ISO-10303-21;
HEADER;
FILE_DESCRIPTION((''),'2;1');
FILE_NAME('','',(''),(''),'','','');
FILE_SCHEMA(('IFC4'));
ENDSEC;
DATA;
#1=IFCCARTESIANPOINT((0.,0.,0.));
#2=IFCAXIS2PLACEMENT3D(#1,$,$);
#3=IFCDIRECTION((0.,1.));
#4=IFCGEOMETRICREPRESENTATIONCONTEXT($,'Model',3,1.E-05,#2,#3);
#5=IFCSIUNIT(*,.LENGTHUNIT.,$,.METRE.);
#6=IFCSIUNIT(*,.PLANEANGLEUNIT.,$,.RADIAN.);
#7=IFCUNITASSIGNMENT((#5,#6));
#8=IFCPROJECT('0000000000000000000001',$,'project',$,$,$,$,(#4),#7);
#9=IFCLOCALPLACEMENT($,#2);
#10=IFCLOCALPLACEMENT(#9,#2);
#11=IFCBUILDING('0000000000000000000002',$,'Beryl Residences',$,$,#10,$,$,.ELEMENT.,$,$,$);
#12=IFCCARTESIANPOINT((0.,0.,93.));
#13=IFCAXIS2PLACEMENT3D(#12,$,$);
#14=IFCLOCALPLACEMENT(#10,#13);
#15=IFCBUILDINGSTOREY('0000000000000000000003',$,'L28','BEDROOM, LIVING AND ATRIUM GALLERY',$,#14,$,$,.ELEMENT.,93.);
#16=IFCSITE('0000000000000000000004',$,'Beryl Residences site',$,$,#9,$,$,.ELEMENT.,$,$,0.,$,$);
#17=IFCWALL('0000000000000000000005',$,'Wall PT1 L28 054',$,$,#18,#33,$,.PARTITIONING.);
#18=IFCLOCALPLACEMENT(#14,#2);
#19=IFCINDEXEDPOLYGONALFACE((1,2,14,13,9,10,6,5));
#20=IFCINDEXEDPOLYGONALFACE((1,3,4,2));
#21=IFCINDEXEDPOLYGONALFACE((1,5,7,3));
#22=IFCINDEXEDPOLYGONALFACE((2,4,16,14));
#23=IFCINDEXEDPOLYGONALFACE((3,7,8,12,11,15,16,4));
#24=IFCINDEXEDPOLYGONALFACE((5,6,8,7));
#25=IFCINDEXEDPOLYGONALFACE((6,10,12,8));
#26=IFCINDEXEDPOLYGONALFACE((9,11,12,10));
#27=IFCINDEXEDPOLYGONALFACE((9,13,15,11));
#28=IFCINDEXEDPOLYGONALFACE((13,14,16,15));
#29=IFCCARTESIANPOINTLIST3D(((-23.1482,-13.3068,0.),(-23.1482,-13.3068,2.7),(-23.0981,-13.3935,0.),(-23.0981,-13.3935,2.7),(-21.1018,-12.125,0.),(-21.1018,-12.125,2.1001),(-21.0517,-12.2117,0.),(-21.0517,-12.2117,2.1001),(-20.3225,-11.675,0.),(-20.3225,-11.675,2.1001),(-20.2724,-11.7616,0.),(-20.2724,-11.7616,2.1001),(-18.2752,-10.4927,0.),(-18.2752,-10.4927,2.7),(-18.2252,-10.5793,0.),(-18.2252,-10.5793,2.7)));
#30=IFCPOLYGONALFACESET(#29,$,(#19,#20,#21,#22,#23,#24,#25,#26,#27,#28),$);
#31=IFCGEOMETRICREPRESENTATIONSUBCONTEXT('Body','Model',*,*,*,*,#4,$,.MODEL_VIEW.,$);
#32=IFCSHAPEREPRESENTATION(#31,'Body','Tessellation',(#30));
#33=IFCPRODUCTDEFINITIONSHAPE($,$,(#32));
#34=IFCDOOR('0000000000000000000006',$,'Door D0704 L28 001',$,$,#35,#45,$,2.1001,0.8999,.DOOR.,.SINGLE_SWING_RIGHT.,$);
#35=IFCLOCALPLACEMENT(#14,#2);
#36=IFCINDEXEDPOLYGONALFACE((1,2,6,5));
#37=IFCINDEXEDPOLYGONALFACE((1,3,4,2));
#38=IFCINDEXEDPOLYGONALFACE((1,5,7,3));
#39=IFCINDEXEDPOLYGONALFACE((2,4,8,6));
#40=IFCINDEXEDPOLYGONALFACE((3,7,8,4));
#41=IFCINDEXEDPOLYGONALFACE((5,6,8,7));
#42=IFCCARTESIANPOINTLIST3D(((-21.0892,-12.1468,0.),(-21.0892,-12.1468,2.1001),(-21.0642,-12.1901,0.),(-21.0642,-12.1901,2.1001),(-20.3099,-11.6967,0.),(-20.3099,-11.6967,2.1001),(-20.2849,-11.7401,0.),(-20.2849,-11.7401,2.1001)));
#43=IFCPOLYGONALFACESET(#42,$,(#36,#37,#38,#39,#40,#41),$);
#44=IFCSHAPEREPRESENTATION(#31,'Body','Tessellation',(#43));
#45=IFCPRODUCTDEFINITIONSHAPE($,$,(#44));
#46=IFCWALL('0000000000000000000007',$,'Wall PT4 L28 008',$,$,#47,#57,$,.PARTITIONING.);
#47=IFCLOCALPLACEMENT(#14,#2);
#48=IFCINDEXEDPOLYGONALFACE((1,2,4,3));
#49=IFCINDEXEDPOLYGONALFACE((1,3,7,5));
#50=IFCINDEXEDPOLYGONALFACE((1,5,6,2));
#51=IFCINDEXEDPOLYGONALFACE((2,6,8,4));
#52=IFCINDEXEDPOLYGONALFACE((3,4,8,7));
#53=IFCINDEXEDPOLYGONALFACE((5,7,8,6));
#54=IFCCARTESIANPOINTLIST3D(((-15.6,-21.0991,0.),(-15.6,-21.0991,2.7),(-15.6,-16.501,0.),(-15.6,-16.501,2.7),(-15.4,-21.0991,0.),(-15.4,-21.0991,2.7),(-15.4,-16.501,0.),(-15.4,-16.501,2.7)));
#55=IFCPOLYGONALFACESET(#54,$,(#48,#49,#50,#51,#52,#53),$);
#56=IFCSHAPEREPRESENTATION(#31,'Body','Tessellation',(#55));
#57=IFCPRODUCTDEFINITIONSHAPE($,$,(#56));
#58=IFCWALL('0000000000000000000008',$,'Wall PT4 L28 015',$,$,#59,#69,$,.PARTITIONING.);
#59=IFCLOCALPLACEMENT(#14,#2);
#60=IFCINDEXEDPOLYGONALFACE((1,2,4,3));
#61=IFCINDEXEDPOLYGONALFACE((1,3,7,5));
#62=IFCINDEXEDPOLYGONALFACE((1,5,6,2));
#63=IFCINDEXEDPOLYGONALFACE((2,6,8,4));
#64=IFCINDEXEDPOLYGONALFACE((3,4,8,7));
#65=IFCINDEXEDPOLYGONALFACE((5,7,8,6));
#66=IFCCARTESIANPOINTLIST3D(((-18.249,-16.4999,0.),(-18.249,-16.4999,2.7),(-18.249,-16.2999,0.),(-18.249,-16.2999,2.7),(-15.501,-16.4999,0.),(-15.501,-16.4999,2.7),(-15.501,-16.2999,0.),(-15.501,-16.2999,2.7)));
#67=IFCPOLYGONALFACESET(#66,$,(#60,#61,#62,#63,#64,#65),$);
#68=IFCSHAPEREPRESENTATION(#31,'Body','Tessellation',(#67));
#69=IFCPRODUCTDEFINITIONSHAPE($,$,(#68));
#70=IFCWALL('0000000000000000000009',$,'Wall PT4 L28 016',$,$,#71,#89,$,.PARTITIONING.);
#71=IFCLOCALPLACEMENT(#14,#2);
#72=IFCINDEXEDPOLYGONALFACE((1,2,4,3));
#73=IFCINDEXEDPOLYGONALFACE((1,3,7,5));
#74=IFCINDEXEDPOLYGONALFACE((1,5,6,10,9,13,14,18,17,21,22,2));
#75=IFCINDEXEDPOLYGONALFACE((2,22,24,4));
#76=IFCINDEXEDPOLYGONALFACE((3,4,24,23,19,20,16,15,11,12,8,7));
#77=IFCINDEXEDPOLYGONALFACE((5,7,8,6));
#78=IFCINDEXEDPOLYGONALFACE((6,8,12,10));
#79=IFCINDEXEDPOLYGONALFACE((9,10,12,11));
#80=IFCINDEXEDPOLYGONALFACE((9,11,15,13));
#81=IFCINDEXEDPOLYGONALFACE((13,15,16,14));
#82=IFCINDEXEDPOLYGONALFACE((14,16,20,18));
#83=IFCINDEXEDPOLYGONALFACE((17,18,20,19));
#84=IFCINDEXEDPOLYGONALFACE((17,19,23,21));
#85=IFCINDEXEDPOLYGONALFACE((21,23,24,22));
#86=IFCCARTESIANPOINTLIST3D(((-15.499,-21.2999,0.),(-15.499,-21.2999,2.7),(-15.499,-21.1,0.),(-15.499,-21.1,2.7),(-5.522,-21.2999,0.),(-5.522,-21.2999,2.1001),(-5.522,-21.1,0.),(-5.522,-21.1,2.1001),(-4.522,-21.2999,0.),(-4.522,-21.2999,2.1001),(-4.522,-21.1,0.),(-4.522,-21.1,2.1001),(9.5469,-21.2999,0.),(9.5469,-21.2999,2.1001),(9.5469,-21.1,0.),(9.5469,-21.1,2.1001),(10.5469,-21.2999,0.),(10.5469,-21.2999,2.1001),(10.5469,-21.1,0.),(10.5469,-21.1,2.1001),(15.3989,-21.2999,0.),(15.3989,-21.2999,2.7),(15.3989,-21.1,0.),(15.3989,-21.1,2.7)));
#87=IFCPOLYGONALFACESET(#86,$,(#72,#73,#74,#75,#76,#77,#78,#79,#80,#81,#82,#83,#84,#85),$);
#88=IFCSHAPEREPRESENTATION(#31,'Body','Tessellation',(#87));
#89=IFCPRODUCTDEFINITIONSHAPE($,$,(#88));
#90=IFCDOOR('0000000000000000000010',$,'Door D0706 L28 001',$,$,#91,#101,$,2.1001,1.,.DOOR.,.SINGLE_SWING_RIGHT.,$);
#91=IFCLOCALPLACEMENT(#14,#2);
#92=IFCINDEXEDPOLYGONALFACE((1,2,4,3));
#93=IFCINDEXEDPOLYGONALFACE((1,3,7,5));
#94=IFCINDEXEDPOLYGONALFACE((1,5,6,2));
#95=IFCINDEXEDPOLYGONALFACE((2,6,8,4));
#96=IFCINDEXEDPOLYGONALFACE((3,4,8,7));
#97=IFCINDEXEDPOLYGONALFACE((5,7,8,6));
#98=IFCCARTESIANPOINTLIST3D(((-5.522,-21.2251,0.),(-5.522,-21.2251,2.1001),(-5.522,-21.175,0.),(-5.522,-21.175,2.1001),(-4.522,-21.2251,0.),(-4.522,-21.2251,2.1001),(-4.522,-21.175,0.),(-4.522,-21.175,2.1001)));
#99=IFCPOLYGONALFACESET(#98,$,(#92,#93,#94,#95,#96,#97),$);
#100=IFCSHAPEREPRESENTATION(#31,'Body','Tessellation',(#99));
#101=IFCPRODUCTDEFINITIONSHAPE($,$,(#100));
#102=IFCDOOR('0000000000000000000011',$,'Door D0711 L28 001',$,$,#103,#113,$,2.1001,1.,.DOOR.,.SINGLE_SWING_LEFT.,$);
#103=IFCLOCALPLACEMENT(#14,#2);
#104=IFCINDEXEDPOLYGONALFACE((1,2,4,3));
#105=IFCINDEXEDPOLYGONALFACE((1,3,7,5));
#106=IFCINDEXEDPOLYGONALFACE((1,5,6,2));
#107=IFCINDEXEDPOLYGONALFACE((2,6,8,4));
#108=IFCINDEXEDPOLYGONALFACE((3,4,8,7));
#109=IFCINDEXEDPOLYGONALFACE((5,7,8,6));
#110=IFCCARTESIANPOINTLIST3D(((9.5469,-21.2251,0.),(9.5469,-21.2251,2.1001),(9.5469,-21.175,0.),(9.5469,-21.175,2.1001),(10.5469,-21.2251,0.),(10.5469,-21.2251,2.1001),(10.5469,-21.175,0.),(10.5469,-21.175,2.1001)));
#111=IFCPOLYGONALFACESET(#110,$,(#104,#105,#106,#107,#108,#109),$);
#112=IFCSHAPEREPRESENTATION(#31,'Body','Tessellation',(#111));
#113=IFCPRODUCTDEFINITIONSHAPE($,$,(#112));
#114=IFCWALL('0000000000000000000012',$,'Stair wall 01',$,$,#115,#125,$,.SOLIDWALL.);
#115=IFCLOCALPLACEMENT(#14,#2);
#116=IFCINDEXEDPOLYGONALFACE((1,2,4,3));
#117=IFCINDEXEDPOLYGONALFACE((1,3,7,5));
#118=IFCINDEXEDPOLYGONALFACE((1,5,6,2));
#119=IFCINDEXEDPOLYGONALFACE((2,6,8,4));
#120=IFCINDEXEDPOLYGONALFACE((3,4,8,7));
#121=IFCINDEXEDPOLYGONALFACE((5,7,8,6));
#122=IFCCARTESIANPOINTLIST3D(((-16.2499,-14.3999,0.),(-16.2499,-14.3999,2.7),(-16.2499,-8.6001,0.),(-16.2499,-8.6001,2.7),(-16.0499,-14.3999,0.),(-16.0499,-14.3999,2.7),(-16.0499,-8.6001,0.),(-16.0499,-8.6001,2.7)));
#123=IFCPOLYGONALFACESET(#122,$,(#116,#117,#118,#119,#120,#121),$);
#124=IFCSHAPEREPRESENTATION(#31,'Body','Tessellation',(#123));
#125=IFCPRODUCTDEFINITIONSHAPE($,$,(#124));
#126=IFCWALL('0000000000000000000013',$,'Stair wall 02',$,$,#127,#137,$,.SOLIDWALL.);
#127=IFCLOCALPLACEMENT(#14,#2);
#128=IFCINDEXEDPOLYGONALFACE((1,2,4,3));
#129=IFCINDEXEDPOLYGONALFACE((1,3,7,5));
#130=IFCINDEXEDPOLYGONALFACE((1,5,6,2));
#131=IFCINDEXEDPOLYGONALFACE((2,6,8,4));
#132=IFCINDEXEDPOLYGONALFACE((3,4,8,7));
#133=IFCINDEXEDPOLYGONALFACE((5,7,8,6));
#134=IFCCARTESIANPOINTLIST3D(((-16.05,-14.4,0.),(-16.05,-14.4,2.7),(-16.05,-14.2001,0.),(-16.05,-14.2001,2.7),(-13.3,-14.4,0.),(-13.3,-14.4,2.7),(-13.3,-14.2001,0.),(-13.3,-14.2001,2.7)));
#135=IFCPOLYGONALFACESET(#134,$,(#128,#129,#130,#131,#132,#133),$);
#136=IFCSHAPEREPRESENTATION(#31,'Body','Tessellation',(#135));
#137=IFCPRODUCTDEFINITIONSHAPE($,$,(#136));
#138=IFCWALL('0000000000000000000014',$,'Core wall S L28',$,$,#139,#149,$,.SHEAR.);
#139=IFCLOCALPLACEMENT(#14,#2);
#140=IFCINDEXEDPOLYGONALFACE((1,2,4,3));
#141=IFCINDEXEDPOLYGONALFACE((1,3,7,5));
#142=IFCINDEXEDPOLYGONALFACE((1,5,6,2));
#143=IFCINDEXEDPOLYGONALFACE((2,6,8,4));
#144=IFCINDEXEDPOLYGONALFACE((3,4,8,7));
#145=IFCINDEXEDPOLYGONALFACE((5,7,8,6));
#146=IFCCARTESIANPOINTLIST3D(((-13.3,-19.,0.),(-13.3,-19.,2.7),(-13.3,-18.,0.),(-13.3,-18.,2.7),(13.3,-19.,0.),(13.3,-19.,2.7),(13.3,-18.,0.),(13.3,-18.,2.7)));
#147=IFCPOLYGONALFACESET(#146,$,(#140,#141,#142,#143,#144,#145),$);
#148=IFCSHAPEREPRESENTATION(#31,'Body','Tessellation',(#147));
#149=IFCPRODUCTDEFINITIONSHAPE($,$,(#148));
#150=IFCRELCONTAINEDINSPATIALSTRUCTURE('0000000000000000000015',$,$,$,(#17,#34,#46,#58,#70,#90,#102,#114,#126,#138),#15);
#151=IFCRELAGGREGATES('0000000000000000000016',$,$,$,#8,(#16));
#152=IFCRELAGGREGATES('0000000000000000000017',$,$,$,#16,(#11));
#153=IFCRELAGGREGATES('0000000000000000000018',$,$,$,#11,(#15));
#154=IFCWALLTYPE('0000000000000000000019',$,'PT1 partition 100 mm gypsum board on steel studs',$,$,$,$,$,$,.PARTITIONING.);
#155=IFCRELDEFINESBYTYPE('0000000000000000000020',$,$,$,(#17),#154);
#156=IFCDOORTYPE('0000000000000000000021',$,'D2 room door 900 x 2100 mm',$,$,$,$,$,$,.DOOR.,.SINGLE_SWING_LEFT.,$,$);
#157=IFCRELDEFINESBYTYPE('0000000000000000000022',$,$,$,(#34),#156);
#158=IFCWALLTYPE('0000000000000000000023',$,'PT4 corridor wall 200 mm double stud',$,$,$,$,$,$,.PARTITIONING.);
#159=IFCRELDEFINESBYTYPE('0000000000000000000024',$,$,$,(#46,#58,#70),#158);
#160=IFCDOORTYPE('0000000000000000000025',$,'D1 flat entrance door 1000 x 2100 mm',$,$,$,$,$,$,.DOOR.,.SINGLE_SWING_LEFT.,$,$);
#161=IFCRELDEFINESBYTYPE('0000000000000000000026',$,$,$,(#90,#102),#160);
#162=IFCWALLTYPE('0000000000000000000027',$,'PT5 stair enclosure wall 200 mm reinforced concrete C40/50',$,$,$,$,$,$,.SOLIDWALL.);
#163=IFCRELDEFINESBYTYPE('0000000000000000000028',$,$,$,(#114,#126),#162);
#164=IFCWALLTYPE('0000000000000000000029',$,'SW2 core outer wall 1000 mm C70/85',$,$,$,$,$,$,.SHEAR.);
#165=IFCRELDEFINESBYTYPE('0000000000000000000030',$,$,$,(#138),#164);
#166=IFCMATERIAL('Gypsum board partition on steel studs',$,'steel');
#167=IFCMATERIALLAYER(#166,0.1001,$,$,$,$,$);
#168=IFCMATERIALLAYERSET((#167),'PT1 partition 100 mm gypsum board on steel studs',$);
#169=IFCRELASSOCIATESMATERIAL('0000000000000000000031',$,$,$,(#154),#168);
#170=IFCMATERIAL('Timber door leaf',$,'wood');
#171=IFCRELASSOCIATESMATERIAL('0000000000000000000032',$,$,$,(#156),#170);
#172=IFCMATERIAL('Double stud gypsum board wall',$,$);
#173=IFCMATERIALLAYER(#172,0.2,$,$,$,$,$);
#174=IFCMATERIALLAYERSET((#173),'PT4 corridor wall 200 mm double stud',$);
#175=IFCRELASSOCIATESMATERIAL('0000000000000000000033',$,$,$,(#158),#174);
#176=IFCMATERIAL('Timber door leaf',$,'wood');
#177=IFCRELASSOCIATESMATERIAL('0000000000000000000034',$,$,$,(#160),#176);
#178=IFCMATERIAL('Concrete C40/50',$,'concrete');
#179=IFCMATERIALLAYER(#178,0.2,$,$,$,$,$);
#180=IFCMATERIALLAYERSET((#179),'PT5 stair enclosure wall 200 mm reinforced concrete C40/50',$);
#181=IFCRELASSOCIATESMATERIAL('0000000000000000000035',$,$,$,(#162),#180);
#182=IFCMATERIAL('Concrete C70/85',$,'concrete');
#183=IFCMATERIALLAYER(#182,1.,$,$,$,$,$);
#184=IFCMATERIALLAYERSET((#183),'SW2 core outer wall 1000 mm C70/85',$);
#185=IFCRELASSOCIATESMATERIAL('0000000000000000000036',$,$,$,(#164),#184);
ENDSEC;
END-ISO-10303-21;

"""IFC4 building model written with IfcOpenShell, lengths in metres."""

from ifc_helpers import new_model, si_unit, direction, frame, frame_2d, origin, place, context, subcontext, project, spatial, rectangle, extrude, material, layer, layer_set, type_object, element, fill, save


model = new_model("IFC4")

# Units and contexts
model_context = context("Model", 3, precision=1e-05, world=origin(), true_north=direction((0.0, 1.0)))
body_context = subcontext(model_context, "Body", "Model", "MODEL_VIEW")
ifc_project = project(units=[si_unit("LENGTHUNIT", "METRE"), si_unit("PLANEANGLEUNIT", "RADIAN")], contexts=[model_context])

# Site, building, storey
site_placement = place(None, origin())
site = spatial("IfcSite", under=ifc_project, at=site_placement, Name="Beryl Residences site", CompositionType="ELEMENT", RefElevation=0.0)
building_placement = place(site_placement, origin())
building = spatial("IfcBuilding", under=site, at=building_placement, Name="Beryl Residences", CompositionType="ELEMENT")
storey_placement = place(building_placement, frame((0.0, 0.0, 93.0)))
storey = spatial("IfcBuildingStorey", under=building, at=storey_placement, Name="L28", Description="BEDROOM, LIVING AND ATRIUM GALLERY", CompositionType="ELEMENT", Elevation=93.0)

# Wall, opening, door
ifc_material_1 = material(Name="Gypsum board partition on steel studs", Category="steel")
ifc_layer_1 = layer(ifc_material_1, 0.1001)
ifc_layer_set_1 = layer_set([ifc_layer_1], Name="PT1 partition 100 mm gypsum board on steel studs")
wall_type_1 = type_object("IfcWallType", Name="PT1 partition 100 mm gypsum board on steel studs", PredefinedType="PARTITIONING", material=ifc_layer_set_1)
ifc_material_2 = material(Name="Timber door leaf", Category="wood")
door_type_1 = type_object("IfcDoorType", Name="D2 room door 900 x 2100 mm", OperationType="SINGLE_SWING_LEFT", PredefinedType="DOOR", material=ifc_material_2)
wall_1_placement = place(storey_placement, frame((-23.123, -13.3501, 0.0), z_axis=(0.0, 0.0, 1.0), x_axis=(0.865967, 0.5001, 0.0)))
wall_1 = element("IfcWall", 1, at=wall_1_placement, inside=storey, type_object=wall_type_1, Name="Wall PT1 L28 054", PredefinedType="PARTITIONING", context=body_context, shape_type="SweptSolid", body=[
    extrude(rectangle(XDim=5.6272, YDim=0.1001, at=frame_2d((2.8135, 0.0))), origin(), (0.0, 0.0, 1.0), 2.7),
])
opening_1_placement = place(wall_1_placement, frame((2.363, 0.0, 0.0)))
opening_1 = element("IfcOpeningElement", 2, at=opening_1_placement, cuts=wall_1, PredefinedType="OPENING", context=body_context, shape_type="SweptSolid", body=[
    extrude(rectangle(XDim=0.8999, YDim=2.1001, at=frame_2d((0.45, 1.05))), frame((0.0, 0.0601, 0.0), z_axis=(0.0, -1.0, 0.0), x_axis=(1.0, 0.0, 0.0)), (0.0, 0.0, 1.0), 0.1201),
])
door_1_placement = place(opening_1_placement, origin())
door_1 = element("IfcDoor", 3, at=door_1_placement, inside=storey, type_object=door_type_1, Name="Door D0704 L28 001", OperationType="SINGLE_SWING_RIGHT", OverallHeight=2.1001, OverallWidth=0.8999, PredefinedType="DOOR", context=body_context, shape_type="SweptSolid", body=[
    extrude(rectangle(XDim=0.8999, YDim=2.1001, at=frame_2d((0.45, 1.05))), frame((0.0, 0.0249, 0.0), z_axis=(0.0, -1.0, 0.0), x_axis=(1.0, 0.0, 0.0)), (0.0, 0.0, 1.0), 0.05),
])
fill(opening_1, door_1)

# Walls
ifc_material_3 = material(Name="Double stud gypsum board wall")
ifc_layer_2 = layer(ifc_material_3, 0.2)
ifc_layer_set_2 = layer_set([ifc_layer_2], Name="PT4 corridor wall 200 mm double stud")
wall_type_2 = type_object("IfcWallType", Name="PT4 corridor wall 200 mm double stud", PredefinedType="PARTITIONING", material=ifc_layer_set_2)
wall_2_placement = place(storey_placement, frame((-15.5, -16.501, 0.0), z_axis=(0.0, 0.0, 1.0), x_axis=(0.0, -1.0, 0.0)))
element("IfcWall", 4, at=wall_2_placement, inside=storey, type_object=wall_type_2, Name="Wall PT4 L28 008", PredefinedType="PARTITIONING", context=body_context, shape_type="SweptSolid", body=[
    extrude(rectangle(XDim=4.5981, YDim=0.2, at=frame_2d((2.2991, 0.0))), origin(), (0.0, 0.0, 1.0), 2.7),
])
wall_3_placement = place(storey_placement, frame((-18.249, -16.3999, 0.0), z_axis=(0.0, 0.0, 1.0), x_axis=(1.0, 0.0, 0.0)))
element("IfcWall", 5, at=wall_3_placement, inside=storey, type_object=wall_type_2, Name="Wall PT4 L28 015", PredefinedType="PARTITIONING", context=body_context, shape_type="SweptSolid", body=[
    extrude(rectangle(XDim=2.748, YDim=0.2, at=frame_2d((1.374, 0.0))), origin(), (0.0, 0.0, 1.0), 2.7),
])

# Wall, openings, doors
wall_4_placement = place(storey_placement, frame((-15.499, -21.2, 0.0), z_axis=(0.0, 0.0, 1.0), x_axis=(1.0, 0.0, 0.0)))
wall_4 = element("IfcWall", 6, at=wall_4_placement, inside=storey, type_object=wall_type_2, Name="Wall PT4 L28 016", PredefinedType="PARTITIONING", context=body_context, shape_type="SweptSolid", body=[
    extrude(rectangle(XDim=30.8979, YDim=0.2, at=frame_2d((15.449, 0.0))), origin(), (0.0, 0.0, 1.0), 2.7),
])
opening_2_placement = place(wall_4_placement, frame((9.9771, 0.0, 0.0)))
opening_2 = element("IfcOpeningElement", 7, at=opening_2_placement, cuts=wall_4, PredefinedType="OPENING", context=body_context, shape_type="SweptSolid", body=[
    extrude(rectangle(XDim=1.0, YDim=2.1001, at=frame_2d((0.5, 1.05))), frame((0.0, 0.1099, 0.0), z_axis=(0.0, -1.0, 0.0), x_axis=(1.0, 0.0, 0.0)), (0.0, 0.0, 1.0), 0.22),
])
opening_3_placement = place(wall_4_placement, frame((25.0459, 0.0, 0.0)))
opening_3 = element("IfcOpeningElement", 8, at=opening_3_placement, cuts=wall_4, PredefinedType="OPENING", context=body_context, shape_type="SweptSolid", body=[
    extrude(rectangle(XDim=1.0, YDim=2.1001, at=frame_2d((0.5, 1.05))), frame((0.0, 0.1099, 0.0), z_axis=(0.0, -1.0, 0.0), x_axis=(1.0, 0.0, 0.0)), (0.0, 0.0, 1.0), 0.22),
])
ifc_material_4 = material(Name="Timber door leaf", Category="wood")
door_type_2 = type_object("IfcDoorType", Name="D1 flat entrance door 1000 x 2100 mm", OperationType="SINGLE_SWING_LEFT", PredefinedType="DOOR", material=ifc_material_4)
door_2_placement = place(opening_2_placement, origin())
door_2 = element("IfcDoor", 9, at=door_2_placement, inside=storey, type_object=door_type_2, Name="Door D0706 L28 001", OperationType="SINGLE_SWING_RIGHT", OverallHeight=2.1001, OverallWidth=1.0, PredefinedType="DOOR", context=body_context, shape_type="SweptSolid", body=[
    extrude(rectangle(XDim=1.0, YDim=2.1001, at=frame_2d((0.5, 1.05))), frame((0.0, 0.0249, 0.0), z_axis=(0.0, -1.0, 0.0), x_axis=(1.0, 0.0, 0.0)), (0.0, 0.0, 1.0), 0.05),
])
fill(opening_2, door_2)
door_3_placement = place(opening_3_placement, origin())
door_3 = element("IfcDoor", 10, at=door_3_placement, inside=storey, type_object=door_type_2, Name="Door D0711 L28 001", OperationType="SINGLE_SWING_LEFT", OverallHeight=2.1001, OverallWidth=1.0, PredefinedType="DOOR", context=body_context, shape_type="SweptSolid", body=[
    extrude(rectangle(XDim=1.0, YDim=2.1001, at=frame_2d((0.5, 1.05))), frame((0.0, 0.0249, 0.0), z_axis=(0.0, -1.0, 0.0), x_axis=(1.0, 0.0, 0.0)), (0.0, 0.0, 1.0), 0.05),
])
fill(opening_3, door_3)

# Walls
ifc_material_5 = material(Name="Concrete C40/50", Category="concrete")
ifc_layer_3 = layer(ifc_material_5, 0.2)
ifc_layer_set_3 = layer_set([ifc_layer_3], Name="PT5 stair enclosure wall 200 mm reinforced concrete C40/50")
wall_type_3 = type_object("IfcWallType", Name="PT5 stair enclosure wall 200 mm reinforced concrete C40/50", PredefinedType="SOLIDWALL", material=ifc_layer_set_3)
wall_5_placement = place(storey_placement, frame((-16.1499, -14.3999, 0.0), z_axis=(0.0, 0.0, 1.0), x_axis=(0.0, 1.0, 0.0)))
element("IfcWall", 11, at=wall_5_placement, inside=storey, type_object=wall_type_3, Name="Stair wall 01", PredefinedType="SOLIDWALL", context=body_context, shape_type="SweptSolid", body=[
    extrude(rectangle(XDim=5.7998, YDim=0.2, at=frame_2d((2.8999, 0.0))), origin(), (0.0, 0.0, 1.0), 2.7),
])
wall_6_placement = place(storey_placement, frame((-16.05, -14.3, 0.0), z_axis=(0.0, 0.0, 1.0), x_axis=(1.0, 0.0, 0.0)))
element("IfcWall", 12, at=wall_6_placement, inside=storey, type_object=wall_type_3, Name="Stair wall 02", PredefinedType="SOLIDWALL", context=body_context, shape_type="SweptSolid", body=[
    extrude(rectangle(XDim=2.75, YDim=0.2, at=frame_2d((1.375, 0.0))), origin(), (0.0, 0.0, 1.0), 2.7),
])
ifc_material_6 = material(Name="Concrete C70/85", Category="concrete")
ifc_layer_4 = layer(ifc_material_6, 1.0)
ifc_layer_set_4 = layer_set([ifc_layer_4], Name="SW2 core outer wall 1000 mm C70/85")
wall_type_4 = type_object("IfcWallType", Name="SW2 core outer wall 1000 mm C70/85", PredefinedType="SHEAR", material=ifc_layer_set_4)
wall_7_placement = place(storey_placement, frame((-13.3, -18.5, 0.0), z_axis=(0.0, 0.0, 1.0), x_axis=(1.0, 0.0, 0.0)))
element("IfcWall", 13, at=wall_7_placement, inside=storey, type_object=wall_type_4, Name="Core wall S L28", PredefinedType="SHEAR", context=body_context, shape_type="SweptSolid", body=[
    extrude(rectangle(XDim=26.6001, YDim=1.0, at=frame_2d((13.3, 0.0))), origin(), (0.0, 0.0, 1.0), 2.7),
])

save(model, "model.ifc")
